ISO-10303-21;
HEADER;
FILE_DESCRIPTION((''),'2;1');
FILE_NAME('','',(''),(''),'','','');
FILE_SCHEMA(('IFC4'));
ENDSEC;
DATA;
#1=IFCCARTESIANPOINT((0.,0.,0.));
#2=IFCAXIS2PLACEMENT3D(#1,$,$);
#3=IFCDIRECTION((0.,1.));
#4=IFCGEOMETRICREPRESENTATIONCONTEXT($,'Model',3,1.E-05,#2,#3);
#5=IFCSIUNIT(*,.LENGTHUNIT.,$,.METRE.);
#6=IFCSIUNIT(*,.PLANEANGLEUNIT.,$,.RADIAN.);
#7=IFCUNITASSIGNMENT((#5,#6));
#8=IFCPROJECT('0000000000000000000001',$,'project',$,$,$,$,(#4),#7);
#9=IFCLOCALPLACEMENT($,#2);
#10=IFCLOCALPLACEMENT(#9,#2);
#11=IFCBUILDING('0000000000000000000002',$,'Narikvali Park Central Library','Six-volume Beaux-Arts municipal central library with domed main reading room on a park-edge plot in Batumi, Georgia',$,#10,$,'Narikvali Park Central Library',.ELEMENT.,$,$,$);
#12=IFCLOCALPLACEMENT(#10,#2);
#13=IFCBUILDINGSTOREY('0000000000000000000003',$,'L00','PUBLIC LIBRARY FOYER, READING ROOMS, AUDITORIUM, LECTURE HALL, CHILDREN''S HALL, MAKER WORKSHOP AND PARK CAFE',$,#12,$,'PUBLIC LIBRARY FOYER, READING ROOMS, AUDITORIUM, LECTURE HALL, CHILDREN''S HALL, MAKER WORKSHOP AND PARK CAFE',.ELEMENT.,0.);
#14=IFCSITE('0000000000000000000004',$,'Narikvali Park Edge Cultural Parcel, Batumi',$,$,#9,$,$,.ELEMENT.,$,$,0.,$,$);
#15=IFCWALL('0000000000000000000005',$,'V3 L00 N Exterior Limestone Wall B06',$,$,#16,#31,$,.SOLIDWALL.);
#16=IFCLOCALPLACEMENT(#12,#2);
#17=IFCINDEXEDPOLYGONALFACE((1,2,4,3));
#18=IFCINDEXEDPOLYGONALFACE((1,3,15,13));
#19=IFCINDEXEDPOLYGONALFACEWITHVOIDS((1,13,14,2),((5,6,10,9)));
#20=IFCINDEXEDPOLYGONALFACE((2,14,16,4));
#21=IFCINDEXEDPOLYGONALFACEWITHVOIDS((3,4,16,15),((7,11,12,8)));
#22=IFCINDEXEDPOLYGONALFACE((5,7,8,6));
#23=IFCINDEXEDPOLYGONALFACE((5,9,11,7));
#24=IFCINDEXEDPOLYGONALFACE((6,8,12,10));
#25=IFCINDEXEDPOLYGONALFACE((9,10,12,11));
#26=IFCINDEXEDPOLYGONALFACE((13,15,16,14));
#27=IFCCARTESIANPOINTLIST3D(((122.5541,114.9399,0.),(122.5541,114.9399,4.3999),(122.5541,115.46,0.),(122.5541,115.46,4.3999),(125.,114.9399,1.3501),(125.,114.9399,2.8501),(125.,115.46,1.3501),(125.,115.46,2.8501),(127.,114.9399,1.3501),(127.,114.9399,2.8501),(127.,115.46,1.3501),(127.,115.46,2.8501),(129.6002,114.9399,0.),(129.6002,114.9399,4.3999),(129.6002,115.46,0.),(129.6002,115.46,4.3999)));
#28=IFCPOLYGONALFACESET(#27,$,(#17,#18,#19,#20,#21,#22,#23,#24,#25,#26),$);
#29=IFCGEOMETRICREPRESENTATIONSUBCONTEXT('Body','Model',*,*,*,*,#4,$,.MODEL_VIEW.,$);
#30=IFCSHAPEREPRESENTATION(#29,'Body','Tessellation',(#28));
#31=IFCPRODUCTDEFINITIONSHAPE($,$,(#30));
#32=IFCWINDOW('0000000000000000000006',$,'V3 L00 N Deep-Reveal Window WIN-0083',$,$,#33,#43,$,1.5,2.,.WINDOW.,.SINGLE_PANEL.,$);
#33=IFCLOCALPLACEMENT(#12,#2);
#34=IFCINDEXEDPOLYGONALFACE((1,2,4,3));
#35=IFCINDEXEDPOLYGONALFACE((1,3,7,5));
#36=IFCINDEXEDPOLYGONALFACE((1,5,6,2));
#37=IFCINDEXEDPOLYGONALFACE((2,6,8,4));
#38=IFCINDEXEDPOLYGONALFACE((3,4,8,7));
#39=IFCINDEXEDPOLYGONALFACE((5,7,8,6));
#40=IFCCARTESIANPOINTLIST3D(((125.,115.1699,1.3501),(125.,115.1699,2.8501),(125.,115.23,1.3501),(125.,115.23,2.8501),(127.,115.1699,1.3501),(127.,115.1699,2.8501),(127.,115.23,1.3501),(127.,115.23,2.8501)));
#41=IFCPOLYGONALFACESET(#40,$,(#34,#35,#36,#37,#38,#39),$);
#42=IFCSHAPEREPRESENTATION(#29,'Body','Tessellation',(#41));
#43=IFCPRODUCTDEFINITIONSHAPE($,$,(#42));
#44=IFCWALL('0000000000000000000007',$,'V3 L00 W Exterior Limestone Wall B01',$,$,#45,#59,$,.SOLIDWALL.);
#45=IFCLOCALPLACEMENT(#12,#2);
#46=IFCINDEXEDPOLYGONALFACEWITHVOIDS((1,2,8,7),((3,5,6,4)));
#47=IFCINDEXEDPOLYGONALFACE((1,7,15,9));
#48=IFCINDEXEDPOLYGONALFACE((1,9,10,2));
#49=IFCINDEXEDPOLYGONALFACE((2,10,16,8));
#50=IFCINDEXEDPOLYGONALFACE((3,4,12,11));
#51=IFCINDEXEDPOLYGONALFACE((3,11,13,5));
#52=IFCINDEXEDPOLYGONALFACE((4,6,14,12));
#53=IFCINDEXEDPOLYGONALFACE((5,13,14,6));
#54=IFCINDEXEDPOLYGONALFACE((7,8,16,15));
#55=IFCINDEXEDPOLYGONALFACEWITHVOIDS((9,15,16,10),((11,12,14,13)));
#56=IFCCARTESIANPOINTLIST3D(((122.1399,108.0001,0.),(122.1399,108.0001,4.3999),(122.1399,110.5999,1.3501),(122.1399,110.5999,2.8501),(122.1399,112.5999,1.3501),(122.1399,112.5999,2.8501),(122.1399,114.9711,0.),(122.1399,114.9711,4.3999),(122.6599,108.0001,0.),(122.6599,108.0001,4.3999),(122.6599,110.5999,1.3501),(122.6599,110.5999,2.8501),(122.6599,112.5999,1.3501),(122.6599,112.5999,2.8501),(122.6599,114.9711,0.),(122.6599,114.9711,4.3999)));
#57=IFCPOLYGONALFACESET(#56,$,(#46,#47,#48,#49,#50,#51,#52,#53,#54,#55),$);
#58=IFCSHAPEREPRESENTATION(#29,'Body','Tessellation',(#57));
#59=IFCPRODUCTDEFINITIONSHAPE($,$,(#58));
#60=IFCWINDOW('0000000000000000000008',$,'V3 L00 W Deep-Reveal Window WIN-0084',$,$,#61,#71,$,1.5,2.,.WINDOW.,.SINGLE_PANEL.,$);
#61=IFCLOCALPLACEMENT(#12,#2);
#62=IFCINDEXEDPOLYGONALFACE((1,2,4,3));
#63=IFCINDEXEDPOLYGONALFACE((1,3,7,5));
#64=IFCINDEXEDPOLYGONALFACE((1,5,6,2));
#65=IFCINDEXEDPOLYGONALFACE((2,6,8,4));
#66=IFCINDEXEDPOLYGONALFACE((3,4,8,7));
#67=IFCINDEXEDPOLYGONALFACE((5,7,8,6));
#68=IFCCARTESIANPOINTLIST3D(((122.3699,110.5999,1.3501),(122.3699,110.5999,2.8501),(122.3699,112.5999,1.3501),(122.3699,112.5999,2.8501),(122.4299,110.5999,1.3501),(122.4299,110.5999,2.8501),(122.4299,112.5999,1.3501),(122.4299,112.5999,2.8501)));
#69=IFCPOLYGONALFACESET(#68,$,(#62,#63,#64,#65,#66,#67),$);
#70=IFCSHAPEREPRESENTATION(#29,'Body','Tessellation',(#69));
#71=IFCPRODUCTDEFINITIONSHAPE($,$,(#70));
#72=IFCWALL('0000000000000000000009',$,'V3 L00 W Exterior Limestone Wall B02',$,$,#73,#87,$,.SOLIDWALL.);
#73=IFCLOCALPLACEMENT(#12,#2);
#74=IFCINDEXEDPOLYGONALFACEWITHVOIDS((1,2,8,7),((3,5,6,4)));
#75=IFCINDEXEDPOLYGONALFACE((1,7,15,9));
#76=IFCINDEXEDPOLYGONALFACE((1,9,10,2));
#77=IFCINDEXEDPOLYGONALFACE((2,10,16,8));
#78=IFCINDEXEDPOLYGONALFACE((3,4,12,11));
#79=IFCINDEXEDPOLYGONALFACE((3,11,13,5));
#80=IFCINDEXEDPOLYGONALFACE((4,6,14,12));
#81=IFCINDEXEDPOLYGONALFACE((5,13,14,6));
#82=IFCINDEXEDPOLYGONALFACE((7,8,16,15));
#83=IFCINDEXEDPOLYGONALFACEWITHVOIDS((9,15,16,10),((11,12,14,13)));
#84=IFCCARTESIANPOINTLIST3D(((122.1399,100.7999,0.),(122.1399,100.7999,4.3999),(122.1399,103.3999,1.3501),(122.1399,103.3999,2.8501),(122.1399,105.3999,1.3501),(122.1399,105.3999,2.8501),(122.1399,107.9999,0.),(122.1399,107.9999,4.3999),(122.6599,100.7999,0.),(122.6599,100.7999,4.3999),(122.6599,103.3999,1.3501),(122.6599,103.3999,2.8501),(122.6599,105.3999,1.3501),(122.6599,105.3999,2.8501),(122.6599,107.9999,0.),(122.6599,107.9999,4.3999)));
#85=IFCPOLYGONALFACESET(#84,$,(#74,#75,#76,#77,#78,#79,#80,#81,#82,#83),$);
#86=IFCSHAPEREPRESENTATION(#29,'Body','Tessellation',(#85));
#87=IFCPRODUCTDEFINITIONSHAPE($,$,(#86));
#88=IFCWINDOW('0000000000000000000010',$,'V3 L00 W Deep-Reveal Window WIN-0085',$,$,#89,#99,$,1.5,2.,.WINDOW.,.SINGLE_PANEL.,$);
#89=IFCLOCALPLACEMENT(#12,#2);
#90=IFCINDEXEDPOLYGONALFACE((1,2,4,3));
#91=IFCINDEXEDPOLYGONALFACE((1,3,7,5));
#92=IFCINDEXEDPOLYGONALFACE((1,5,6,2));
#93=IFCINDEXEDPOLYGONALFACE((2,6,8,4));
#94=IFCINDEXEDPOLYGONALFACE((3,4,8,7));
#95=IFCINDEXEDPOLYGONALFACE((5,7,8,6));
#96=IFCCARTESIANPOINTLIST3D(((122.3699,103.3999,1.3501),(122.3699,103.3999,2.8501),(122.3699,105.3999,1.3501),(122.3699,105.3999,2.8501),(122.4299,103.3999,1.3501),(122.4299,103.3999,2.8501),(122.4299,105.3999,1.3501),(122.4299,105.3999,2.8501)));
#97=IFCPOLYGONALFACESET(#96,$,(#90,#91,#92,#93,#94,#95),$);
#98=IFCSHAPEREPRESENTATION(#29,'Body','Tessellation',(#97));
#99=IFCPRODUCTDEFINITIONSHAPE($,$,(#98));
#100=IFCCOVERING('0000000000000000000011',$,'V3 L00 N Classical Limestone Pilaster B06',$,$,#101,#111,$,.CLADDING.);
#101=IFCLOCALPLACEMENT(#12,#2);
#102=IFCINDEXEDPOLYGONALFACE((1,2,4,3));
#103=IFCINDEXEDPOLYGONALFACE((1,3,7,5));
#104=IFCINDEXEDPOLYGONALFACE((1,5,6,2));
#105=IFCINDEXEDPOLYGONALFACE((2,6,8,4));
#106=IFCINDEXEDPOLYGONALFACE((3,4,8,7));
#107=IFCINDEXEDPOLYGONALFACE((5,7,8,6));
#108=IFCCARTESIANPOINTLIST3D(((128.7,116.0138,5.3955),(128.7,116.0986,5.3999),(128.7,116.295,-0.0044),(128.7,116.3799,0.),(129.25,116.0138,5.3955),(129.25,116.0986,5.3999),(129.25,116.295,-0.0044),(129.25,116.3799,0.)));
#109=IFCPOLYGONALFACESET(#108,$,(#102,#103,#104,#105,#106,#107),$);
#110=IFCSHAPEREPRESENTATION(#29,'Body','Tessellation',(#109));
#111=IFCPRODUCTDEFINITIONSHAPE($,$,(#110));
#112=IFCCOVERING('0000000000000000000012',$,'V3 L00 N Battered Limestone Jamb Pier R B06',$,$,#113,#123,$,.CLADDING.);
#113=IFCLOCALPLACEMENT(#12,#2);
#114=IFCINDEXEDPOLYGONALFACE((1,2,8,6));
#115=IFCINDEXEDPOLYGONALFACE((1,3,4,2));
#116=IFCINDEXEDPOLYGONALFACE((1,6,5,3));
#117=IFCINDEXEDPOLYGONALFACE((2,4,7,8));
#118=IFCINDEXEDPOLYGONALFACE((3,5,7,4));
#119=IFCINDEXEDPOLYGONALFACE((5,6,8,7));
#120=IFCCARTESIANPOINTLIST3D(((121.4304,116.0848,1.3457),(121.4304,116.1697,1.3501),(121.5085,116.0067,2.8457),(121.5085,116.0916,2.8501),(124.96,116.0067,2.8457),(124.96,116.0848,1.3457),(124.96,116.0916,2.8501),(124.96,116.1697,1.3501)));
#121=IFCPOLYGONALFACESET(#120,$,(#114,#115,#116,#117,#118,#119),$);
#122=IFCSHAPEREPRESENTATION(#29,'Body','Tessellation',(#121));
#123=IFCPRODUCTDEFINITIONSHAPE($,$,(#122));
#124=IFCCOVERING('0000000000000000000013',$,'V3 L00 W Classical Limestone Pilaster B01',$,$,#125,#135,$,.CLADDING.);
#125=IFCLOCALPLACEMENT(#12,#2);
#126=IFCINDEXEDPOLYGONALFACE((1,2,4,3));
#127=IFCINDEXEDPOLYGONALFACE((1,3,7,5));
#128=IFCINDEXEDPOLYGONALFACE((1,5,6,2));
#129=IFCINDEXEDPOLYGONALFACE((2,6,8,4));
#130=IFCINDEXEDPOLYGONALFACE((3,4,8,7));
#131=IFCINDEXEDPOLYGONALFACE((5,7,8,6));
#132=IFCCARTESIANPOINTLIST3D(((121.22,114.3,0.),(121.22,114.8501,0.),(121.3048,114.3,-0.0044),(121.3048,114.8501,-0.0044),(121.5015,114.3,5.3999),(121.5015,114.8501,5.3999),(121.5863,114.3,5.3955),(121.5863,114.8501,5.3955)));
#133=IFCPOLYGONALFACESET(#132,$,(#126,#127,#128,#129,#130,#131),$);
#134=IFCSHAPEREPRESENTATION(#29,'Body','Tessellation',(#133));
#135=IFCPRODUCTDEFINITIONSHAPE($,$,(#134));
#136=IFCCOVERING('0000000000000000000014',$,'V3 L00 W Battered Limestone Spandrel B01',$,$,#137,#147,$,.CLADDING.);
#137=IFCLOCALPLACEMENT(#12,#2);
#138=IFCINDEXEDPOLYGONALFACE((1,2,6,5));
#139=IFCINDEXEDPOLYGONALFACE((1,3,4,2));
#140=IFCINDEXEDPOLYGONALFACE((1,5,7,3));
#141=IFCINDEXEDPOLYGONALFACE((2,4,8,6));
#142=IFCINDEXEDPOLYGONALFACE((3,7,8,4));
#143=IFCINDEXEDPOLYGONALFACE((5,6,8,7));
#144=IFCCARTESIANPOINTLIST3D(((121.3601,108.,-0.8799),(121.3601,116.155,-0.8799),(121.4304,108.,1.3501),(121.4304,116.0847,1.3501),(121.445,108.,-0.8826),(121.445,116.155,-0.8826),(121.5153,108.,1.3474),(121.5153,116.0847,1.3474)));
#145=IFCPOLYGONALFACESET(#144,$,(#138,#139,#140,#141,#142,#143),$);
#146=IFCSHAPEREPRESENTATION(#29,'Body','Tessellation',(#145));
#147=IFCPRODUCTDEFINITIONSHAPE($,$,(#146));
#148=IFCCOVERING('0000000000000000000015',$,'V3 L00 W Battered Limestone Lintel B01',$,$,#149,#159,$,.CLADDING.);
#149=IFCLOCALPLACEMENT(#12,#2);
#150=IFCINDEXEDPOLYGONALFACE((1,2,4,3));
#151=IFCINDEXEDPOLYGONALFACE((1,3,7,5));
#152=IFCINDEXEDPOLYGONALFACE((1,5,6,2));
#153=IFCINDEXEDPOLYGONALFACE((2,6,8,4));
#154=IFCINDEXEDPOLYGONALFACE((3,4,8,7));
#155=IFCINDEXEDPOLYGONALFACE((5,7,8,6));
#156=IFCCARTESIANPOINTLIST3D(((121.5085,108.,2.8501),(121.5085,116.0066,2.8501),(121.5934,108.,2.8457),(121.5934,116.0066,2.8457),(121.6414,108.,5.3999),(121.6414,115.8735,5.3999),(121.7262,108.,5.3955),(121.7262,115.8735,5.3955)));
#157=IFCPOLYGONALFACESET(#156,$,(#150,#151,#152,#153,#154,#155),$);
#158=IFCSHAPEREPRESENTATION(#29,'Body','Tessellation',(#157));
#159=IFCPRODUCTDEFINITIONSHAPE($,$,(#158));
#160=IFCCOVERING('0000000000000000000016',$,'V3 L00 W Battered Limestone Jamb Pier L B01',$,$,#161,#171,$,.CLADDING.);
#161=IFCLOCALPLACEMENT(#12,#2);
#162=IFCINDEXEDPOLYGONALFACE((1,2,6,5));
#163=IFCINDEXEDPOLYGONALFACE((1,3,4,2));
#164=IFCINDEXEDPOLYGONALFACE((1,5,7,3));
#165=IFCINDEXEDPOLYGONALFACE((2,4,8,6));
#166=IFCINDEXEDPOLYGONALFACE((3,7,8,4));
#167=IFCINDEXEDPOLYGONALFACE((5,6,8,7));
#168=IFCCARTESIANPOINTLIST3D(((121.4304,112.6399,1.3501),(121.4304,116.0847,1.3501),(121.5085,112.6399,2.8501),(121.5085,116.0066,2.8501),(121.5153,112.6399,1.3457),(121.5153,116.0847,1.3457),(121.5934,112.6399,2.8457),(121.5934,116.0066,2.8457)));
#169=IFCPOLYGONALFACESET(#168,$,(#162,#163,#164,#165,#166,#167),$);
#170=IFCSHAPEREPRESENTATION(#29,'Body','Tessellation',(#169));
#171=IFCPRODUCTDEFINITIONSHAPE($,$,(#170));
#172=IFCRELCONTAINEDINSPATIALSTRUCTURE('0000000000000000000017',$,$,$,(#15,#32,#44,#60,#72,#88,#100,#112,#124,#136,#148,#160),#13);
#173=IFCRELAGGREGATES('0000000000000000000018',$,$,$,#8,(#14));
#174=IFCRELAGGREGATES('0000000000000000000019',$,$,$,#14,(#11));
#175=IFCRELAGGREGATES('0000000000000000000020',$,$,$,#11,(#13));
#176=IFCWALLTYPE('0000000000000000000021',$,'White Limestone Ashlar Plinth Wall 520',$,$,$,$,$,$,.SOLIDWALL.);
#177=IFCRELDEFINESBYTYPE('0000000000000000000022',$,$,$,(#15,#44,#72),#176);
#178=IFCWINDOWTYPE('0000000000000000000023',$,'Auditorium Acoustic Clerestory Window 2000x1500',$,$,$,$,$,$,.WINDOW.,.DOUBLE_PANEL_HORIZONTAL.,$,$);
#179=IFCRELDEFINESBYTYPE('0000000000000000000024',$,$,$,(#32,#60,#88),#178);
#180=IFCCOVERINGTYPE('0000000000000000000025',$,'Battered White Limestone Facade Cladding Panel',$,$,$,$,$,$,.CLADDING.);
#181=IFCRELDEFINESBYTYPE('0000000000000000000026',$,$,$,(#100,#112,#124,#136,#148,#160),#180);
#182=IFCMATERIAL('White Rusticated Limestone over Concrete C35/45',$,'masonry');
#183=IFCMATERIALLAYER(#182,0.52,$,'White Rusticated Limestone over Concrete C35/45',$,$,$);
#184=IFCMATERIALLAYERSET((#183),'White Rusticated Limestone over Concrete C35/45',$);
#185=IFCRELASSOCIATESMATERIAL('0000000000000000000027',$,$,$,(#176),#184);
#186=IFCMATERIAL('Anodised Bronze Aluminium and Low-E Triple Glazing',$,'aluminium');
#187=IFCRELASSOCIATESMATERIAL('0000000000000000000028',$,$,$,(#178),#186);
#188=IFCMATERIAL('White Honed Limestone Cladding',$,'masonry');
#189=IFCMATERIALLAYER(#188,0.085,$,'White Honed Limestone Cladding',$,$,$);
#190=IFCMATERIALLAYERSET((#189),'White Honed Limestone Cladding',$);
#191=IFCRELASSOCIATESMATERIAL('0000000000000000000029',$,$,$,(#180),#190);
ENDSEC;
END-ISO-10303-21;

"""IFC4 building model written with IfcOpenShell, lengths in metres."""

from ifc_helpers import new_model, si_unit, direction, frame, frame_2d, origin, place, context, subcontext, project, spatial, polyline, rectangle, outline, extrude, material, layer, layer_set, type_object, element, fill, save


model = new_model("IFC4")

# Units and contexts
model_context = context("Model", 3, precision=1e-05, world=origin(), true_north=direction((0.0, 1.0)))
body_context = subcontext(model_context, "Body", "Model", "MODEL_VIEW")
ifc_project = project(units=[si_unit("LENGTHUNIT", "METRE"), si_unit("PLANEANGLEUNIT", "RADIAN")], contexts=[model_context])

# Site, building, storey
site_placement = place(None, origin())
site = spatial("IfcSite", under=ifc_project, at=site_placement, Name="Narikvali Park Edge Cultural Parcel, Batumi", CompositionType="ELEMENT", RefElevation=0.0)
building_placement = place(site_placement, origin())
building = spatial("IfcBuilding", under=site, at=building_placement, Name="Narikvali Park Central Library", Description="Six-volume Beaux-Arts municipal central library with domed main reading room on a park-edge plot in Batumi, Georgia", LongName="Narikvali Park Central Library", CompositionType="ELEMENT")
storey_placement = place(building_placement, origin())
storey = spatial("IfcBuildingStorey", under=building, at=storey_placement, Name="L00", Description="PUBLIC LIBRARY FOYER, READING ROOMS, AUDITORIUM, LECTURE HALL, CHILDREN'S HALL, MAKER WORKSHOP AND PARK CAFE", LongName="PUBLIC LIBRARY FOYER, READING ROOMS, AUDITORIUM, LECTURE HALL, CHILDREN'S HALL, MAKER WORKSHOP AND PARK CAFE", CompositionType="ELEMENT", Elevation=0.0)

# Walls, openings, windows
ifc_material_1 = material(Name="White Rusticated Limestone over Concrete C35/45", Category="masonry")
ifc_layer_1 = layer(ifc_material_1, 0.52, Name="White Rusticated Limestone over Concrete C35/45")
ifc_layer_set_1 = layer_set([ifc_layer_1], Name="White Rusticated Limestone over Concrete C35/45")
wall_type_1 = type_object("IfcWallType", Name="White Limestone Ashlar Plinth Wall 520", PredefinedType="SOLIDWALL", material=ifc_layer_set_1)
wall_1_placement = place(storey_placement, frame((129.6001, 115.2, 0.0), z_axis=(0.0, 0.0, 1.0), x_axis=(-1.0, 0.0, 0.0)))
wall_1 = element("IfcWall", 1, at=wall_1_placement, inside=storey, type_object=wall_type_1, Name="V3 L00 N Exterior Limestone Wall B06", PredefinedType="SOLIDWALL", context=body_context, shape_type="SweptSolid", body=[
    extrude(rectangle(XDim=7.0461, YDim=0.52, at=frame_2d((3.5229, 0.0))), origin(), (0.0, 0.0, 1.0), 4.3999),
])
opening_1_placement = place(wall_1_placement, frame((2.6001, 0.0, 1.3501)))
opening_1 = element("IfcOpeningElement", 2, at=opening_1_placement, cuts=wall_1, PredefinedType="OPENING", context=body_context, shape_type="SweptSolid", body=[
    extrude(rectangle(XDim=2.0, YDim=1.5, at=frame_2d((1.0, 0.75))), frame((0.0, 0.272, 0.0), z_axis=(0.0, -1.0, 0.0), x_axis=(1.0, 0.0, 0.0)), (0.0, 0.0, 1.0), 0.5439),
])
ifc_material_2 = material(Name="Anodised Bronze Aluminium and Low-E Triple Glazing", Category="aluminium")
window_type = type_object("IfcWindowType", Name="Auditorium Acoustic Clerestory Window 2000x1500", PartitioningType="DOUBLE_PANEL_HORIZONTAL", PredefinedType="WINDOW", material=ifc_material_2)
window_1_placement = place(opening_1_placement, origin())
window_1 = element("IfcWindow", 3, at=window_1_placement, inside=storey, type_object=window_type, Name="V3 L00 N Deep-Reveal Window WIN-0083", OverallHeight=1.5, OverallWidth=2.0, PartitioningType="SINGLE_PANEL", PredefinedType="WINDOW", context=body_context, shape_type="SweptSolid", body=[
    extrude(rectangle(XDim=2.0, YDim=1.5, at=frame_2d((1.0, 0.75))), frame((0.0, 0.03, 0.0), z_axis=(0.0, -1.0, 0.0), x_axis=(1.0, 0.0, 0.0)), (0.0, 0.0, 1.0), 0.0601),
])
fill(opening_1, window_1)
wall_2_placement = place(storey_placement, frame((122.3999, 114.9709, 0.0), z_axis=(0.0, 0.0, 1.0), x_axis=(0.0, -1.0, 0.0)))
wall_2 = element("IfcWall", 4, at=wall_2_placement, inside=storey, type_object=wall_type_1, Name="V3 L00 W Exterior Limestone Wall B01", PredefinedType="SOLIDWALL", context=body_context, shape_type="SweptSolid", body=[
    extrude(rectangle(XDim=6.9709, YDim=0.52, at=frame_2d((3.4854, 0.0))), origin(), (0.0, 0.0, 1.0), 4.3999),
])
opening_2_placement = place(wall_2_placement, frame((2.3711, 0.0, 1.3501)))
opening_2 = element("IfcOpeningElement", 5, at=opening_2_placement, cuts=wall_2, PredefinedType="OPENING", context=body_context, shape_type="SweptSolid", body=[
    extrude(rectangle(XDim=2.0, YDim=1.5, at=frame_2d((1.0, 0.75))), frame((0.0, 0.272, 0.0), z_axis=(0.0, -1.0, 0.0), x_axis=(1.0, 0.0, 0.0)), (0.0, 0.0, 1.0), 0.5439),
])
window_2_placement = place(opening_2_placement, origin())
window_2 = element("IfcWindow", 6, at=window_2_placement, inside=storey, type_object=window_type, Name="V3 L00 W Deep-Reveal Window WIN-0084", OverallHeight=1.5, OverallWidth=2.0, PartitioningType="SINGLE_PANEL", PredefinedType="WINDOW", context=body_context, shape_type="SweptSolid", body=[
    extrude(rectangle(XDim=2.0, YDim=1.5, at=frame_2d((1.0, 0.75))), frame((0.0, 0.03, 0.0), z_axis=(0.0, -1.0, 0.0), x_axis=(1.0, 0.0, 0.0)), (0.0, 0.0, 1.0), 0.0601),
])
fill(opening_2, window_2)
wall_3_placement = place(storey_placement, frame((122.3999, 108.0, 0.0), z_axis=(0.0, 0.0, 1.0), x_axis=(0.0, -1.0, 0.0)))
wall_3 = element("IfcWall", 7, at=wall_3_placement, inside=storey, type_object=wall_type_1, Name="V3 L00 W Exterior Limestone Wall B02", PredefinedType="SOLIDWALL", context=body_context, shape_type="SweptSolid", body=[
    extrude(rectangle(XDim=7.2, YDim=0.52, at=frame_2d((3.6001, 0.0))), origin(), (0.0, 0.0, 1.0), 4.3999),
])
opening_3_placement = place(wall_3_placement, frame((2.6001, 0.0, 1.3501)))
opening_3 = element("IfcOpeningElement", 8, at=opening_3_placement, cuts=wall_3, PredefinedType="OPENING", context=body_context, shape_type="SweptSolid", body=[
    extrude(rectangle(XDim=2.0, YDim=1.5, at=frame_2d((1.0, 0.75))), frame((0.0, 0.272, 0.0), z_axis=(0.0, -1.0, 0.0), x_axis=(1.0, 0.0, 0.0)), (0.0, 0.0, 1.0), 0.5439),
])
window_3_placement = place(opening_3_placement, origin())
window_3 = element("IfcWindow", 9, at=window_3_placement, inside=storey, type_object=window_type, Name="V3 L00 W Deep-Reveal Window WIN-0085", OverallHeight=1.5, OverallWidth=2.0, PartitioningType="SINGLE_PANEL", PredefinedType="WINDOW", context=body_context, shape_type="SweptSolid", body=[
    extrude(rectangle(XDim=2.0, YDim=1.5, at=frame_2d((1.0, 0.75))), frame((0.0, 0.03, 0.0), z_axis=(0.0, -1.0, 0.0), x_axis=(1.0, 0.0, 0.0)), (0.0, 0.0, 1.0), 0.0601),
])
fill(opening_3, window_3)

# Coverings
ifc_material_3 = material(Name="White Honed Limestone Cladding", Category="masonry")
ifc_layer_2 = layer(ifc_material_3, 0.085, Name="White Honed Limestone Cladding")
ifc_layer_set_2 = layer_set([ifc_layer_2], Name="White Honed Limestone Cladding")
covering_type = type_object("IfcCoveringType", Name="Battered White Limestone Facade Cladding Panel", PredefinedType="CLADDING", material=ifc_layer_set_2)
covering_1_placement = place(storey_placement, frame((129.25, 116.3799, 0.0), z_axis=(0.0, 0.998646, 0.052014), x_axis=(-1.0, 0.0, 0.0)))
element("IfcCovering", 10, at=covering_1_placement, inside=storey, type_object=covering_type, Name="V3 L00 N Classical Limestone Pilaster B06", PredefinedType="CLADDING", context=body_context, shape_type="SweptSolid", body=[
    extrude(outline(polyline([(0.0, 0.0), (0.55, 0.0), (0.55, 5.4072), (0.0, 5.4072), (0.0, 0.0)])), origin(), (0.0, 0.0, -1.0), 0.085),
])
covering_2_placement = place(storey_placement, frame((124.96, 116.1697, 1.3501), z_axis=(0.0, 0.998646, 0.052013), x_axis=(-1.0, 0.0, 0.0)))
element("IfcCovering", 11, at=covering_2_placement, inside=storey, type_object=covering_type, Name="V3 L00 N Battered Limestone Jamb Pier R B06", PredefinedType="CLADDING", context=body_context, shape_type="SweptSolid", body=[
    extrude(outline(polyline([(0.0, 0.0), (3.5295, 0.0), (3.4514, 1.502), (0.0, 1.502), (0.0, 0.0)])), origin(), (0.0, 0.0, -1.0), 0.085),
])
covering_3_placement = place(storey_placement, frame((121.22, 114.8501, 0.0), z_axis=(-0.998644, 0.0, 0.052059), x_axis=(0.0, -1.0, 0.0)))
element("IfcCovering", 12, at=covering_3_placement, inside=storey, type_object=covering_type, Name="V3 L00 W Classical Limestone Pilaster B01", PredefinedType="CLADDING", context=body_context, shape_type="SweptSolid", body=[
    extrude(outline(polyline([(0.0, 0.0), (0.55, 0.0), (0.55, 5.4072), (0.0, 5.4072), (0.0, 0.0)])), origin(), (0.0, 0.0, -1.0), 0.085),
])
covering_4_placement = place(storey_placement, frame((121.3601, 116.155, -0.8799), z_axis=(-0.999503, 0.0, 0.031515), x_axis=(0.0, -1.0, 0.0)))
element("IfcCovering", 13, at=covering_4_placement, inside=storey, type_object=covering_type, Name="V3 L00 W Battered Limestone Spandrel B01", PredefinedType="CLADDING", context=body_context, shape_type="SweptSolid", body=[
    extrude(outline(polyline([(0.0, 0.0), (8.155, 0.0), (8.155, 2.2311), (0.0703, 2.2311), (0.0, 0.0)])), origin(), (0.0, 0.0, -1.0), 0.085),
])
covering_5_placement = place(storey_placement, frame((121.5085, 116.0066, 2.8501), z_axis=(-0.998646, 0.0, 0.052017), x_axis=(0.0, -1.0, 0.0)))
element("IfcCovering", 14, at=covering_5_placement, inside=storey, type_object=covering_type, Name="V3 L00 W Battered Limestone Lintel B01", PredefinedType="CLADDING", context=body_context, shape_type="SweptSolid", body=[
    extrude(outline(polyline([(0.0, 0.0), (8.0066, 0.0), (8.0066, 2.5533), (0.1331, 2.5533), (0.0, 0.0)])), origin(), (0.0, 0.0, -1.0), 0.085),
])
covering_6_placement = place(storey_placement, frame((121.4304, 116.0847, 1.3501), z_axis=(-0.998646, 0.0, 0.052013), x_axis=(0.0, -1.0, 0.0)))
element("IfcCovering", 15, at=covering_6_placement, inside=storey, type_object=covering_type, Name="V3 L00 W Battered Limestone Jamb Pier L B01", PredefinedType="CLADDING", context=body_context, shape_type="SweptSolid", body=[
    extrude(outline(polyline([(0.0, 0.0), (3.4448, 0.0), (3.4448, 1.502), (0.0781, 1.502), (0.0, 0.0)])), origin(), (0.0, 0.0, -1.0), 0.085),
])

save(model, "model.ifc")
